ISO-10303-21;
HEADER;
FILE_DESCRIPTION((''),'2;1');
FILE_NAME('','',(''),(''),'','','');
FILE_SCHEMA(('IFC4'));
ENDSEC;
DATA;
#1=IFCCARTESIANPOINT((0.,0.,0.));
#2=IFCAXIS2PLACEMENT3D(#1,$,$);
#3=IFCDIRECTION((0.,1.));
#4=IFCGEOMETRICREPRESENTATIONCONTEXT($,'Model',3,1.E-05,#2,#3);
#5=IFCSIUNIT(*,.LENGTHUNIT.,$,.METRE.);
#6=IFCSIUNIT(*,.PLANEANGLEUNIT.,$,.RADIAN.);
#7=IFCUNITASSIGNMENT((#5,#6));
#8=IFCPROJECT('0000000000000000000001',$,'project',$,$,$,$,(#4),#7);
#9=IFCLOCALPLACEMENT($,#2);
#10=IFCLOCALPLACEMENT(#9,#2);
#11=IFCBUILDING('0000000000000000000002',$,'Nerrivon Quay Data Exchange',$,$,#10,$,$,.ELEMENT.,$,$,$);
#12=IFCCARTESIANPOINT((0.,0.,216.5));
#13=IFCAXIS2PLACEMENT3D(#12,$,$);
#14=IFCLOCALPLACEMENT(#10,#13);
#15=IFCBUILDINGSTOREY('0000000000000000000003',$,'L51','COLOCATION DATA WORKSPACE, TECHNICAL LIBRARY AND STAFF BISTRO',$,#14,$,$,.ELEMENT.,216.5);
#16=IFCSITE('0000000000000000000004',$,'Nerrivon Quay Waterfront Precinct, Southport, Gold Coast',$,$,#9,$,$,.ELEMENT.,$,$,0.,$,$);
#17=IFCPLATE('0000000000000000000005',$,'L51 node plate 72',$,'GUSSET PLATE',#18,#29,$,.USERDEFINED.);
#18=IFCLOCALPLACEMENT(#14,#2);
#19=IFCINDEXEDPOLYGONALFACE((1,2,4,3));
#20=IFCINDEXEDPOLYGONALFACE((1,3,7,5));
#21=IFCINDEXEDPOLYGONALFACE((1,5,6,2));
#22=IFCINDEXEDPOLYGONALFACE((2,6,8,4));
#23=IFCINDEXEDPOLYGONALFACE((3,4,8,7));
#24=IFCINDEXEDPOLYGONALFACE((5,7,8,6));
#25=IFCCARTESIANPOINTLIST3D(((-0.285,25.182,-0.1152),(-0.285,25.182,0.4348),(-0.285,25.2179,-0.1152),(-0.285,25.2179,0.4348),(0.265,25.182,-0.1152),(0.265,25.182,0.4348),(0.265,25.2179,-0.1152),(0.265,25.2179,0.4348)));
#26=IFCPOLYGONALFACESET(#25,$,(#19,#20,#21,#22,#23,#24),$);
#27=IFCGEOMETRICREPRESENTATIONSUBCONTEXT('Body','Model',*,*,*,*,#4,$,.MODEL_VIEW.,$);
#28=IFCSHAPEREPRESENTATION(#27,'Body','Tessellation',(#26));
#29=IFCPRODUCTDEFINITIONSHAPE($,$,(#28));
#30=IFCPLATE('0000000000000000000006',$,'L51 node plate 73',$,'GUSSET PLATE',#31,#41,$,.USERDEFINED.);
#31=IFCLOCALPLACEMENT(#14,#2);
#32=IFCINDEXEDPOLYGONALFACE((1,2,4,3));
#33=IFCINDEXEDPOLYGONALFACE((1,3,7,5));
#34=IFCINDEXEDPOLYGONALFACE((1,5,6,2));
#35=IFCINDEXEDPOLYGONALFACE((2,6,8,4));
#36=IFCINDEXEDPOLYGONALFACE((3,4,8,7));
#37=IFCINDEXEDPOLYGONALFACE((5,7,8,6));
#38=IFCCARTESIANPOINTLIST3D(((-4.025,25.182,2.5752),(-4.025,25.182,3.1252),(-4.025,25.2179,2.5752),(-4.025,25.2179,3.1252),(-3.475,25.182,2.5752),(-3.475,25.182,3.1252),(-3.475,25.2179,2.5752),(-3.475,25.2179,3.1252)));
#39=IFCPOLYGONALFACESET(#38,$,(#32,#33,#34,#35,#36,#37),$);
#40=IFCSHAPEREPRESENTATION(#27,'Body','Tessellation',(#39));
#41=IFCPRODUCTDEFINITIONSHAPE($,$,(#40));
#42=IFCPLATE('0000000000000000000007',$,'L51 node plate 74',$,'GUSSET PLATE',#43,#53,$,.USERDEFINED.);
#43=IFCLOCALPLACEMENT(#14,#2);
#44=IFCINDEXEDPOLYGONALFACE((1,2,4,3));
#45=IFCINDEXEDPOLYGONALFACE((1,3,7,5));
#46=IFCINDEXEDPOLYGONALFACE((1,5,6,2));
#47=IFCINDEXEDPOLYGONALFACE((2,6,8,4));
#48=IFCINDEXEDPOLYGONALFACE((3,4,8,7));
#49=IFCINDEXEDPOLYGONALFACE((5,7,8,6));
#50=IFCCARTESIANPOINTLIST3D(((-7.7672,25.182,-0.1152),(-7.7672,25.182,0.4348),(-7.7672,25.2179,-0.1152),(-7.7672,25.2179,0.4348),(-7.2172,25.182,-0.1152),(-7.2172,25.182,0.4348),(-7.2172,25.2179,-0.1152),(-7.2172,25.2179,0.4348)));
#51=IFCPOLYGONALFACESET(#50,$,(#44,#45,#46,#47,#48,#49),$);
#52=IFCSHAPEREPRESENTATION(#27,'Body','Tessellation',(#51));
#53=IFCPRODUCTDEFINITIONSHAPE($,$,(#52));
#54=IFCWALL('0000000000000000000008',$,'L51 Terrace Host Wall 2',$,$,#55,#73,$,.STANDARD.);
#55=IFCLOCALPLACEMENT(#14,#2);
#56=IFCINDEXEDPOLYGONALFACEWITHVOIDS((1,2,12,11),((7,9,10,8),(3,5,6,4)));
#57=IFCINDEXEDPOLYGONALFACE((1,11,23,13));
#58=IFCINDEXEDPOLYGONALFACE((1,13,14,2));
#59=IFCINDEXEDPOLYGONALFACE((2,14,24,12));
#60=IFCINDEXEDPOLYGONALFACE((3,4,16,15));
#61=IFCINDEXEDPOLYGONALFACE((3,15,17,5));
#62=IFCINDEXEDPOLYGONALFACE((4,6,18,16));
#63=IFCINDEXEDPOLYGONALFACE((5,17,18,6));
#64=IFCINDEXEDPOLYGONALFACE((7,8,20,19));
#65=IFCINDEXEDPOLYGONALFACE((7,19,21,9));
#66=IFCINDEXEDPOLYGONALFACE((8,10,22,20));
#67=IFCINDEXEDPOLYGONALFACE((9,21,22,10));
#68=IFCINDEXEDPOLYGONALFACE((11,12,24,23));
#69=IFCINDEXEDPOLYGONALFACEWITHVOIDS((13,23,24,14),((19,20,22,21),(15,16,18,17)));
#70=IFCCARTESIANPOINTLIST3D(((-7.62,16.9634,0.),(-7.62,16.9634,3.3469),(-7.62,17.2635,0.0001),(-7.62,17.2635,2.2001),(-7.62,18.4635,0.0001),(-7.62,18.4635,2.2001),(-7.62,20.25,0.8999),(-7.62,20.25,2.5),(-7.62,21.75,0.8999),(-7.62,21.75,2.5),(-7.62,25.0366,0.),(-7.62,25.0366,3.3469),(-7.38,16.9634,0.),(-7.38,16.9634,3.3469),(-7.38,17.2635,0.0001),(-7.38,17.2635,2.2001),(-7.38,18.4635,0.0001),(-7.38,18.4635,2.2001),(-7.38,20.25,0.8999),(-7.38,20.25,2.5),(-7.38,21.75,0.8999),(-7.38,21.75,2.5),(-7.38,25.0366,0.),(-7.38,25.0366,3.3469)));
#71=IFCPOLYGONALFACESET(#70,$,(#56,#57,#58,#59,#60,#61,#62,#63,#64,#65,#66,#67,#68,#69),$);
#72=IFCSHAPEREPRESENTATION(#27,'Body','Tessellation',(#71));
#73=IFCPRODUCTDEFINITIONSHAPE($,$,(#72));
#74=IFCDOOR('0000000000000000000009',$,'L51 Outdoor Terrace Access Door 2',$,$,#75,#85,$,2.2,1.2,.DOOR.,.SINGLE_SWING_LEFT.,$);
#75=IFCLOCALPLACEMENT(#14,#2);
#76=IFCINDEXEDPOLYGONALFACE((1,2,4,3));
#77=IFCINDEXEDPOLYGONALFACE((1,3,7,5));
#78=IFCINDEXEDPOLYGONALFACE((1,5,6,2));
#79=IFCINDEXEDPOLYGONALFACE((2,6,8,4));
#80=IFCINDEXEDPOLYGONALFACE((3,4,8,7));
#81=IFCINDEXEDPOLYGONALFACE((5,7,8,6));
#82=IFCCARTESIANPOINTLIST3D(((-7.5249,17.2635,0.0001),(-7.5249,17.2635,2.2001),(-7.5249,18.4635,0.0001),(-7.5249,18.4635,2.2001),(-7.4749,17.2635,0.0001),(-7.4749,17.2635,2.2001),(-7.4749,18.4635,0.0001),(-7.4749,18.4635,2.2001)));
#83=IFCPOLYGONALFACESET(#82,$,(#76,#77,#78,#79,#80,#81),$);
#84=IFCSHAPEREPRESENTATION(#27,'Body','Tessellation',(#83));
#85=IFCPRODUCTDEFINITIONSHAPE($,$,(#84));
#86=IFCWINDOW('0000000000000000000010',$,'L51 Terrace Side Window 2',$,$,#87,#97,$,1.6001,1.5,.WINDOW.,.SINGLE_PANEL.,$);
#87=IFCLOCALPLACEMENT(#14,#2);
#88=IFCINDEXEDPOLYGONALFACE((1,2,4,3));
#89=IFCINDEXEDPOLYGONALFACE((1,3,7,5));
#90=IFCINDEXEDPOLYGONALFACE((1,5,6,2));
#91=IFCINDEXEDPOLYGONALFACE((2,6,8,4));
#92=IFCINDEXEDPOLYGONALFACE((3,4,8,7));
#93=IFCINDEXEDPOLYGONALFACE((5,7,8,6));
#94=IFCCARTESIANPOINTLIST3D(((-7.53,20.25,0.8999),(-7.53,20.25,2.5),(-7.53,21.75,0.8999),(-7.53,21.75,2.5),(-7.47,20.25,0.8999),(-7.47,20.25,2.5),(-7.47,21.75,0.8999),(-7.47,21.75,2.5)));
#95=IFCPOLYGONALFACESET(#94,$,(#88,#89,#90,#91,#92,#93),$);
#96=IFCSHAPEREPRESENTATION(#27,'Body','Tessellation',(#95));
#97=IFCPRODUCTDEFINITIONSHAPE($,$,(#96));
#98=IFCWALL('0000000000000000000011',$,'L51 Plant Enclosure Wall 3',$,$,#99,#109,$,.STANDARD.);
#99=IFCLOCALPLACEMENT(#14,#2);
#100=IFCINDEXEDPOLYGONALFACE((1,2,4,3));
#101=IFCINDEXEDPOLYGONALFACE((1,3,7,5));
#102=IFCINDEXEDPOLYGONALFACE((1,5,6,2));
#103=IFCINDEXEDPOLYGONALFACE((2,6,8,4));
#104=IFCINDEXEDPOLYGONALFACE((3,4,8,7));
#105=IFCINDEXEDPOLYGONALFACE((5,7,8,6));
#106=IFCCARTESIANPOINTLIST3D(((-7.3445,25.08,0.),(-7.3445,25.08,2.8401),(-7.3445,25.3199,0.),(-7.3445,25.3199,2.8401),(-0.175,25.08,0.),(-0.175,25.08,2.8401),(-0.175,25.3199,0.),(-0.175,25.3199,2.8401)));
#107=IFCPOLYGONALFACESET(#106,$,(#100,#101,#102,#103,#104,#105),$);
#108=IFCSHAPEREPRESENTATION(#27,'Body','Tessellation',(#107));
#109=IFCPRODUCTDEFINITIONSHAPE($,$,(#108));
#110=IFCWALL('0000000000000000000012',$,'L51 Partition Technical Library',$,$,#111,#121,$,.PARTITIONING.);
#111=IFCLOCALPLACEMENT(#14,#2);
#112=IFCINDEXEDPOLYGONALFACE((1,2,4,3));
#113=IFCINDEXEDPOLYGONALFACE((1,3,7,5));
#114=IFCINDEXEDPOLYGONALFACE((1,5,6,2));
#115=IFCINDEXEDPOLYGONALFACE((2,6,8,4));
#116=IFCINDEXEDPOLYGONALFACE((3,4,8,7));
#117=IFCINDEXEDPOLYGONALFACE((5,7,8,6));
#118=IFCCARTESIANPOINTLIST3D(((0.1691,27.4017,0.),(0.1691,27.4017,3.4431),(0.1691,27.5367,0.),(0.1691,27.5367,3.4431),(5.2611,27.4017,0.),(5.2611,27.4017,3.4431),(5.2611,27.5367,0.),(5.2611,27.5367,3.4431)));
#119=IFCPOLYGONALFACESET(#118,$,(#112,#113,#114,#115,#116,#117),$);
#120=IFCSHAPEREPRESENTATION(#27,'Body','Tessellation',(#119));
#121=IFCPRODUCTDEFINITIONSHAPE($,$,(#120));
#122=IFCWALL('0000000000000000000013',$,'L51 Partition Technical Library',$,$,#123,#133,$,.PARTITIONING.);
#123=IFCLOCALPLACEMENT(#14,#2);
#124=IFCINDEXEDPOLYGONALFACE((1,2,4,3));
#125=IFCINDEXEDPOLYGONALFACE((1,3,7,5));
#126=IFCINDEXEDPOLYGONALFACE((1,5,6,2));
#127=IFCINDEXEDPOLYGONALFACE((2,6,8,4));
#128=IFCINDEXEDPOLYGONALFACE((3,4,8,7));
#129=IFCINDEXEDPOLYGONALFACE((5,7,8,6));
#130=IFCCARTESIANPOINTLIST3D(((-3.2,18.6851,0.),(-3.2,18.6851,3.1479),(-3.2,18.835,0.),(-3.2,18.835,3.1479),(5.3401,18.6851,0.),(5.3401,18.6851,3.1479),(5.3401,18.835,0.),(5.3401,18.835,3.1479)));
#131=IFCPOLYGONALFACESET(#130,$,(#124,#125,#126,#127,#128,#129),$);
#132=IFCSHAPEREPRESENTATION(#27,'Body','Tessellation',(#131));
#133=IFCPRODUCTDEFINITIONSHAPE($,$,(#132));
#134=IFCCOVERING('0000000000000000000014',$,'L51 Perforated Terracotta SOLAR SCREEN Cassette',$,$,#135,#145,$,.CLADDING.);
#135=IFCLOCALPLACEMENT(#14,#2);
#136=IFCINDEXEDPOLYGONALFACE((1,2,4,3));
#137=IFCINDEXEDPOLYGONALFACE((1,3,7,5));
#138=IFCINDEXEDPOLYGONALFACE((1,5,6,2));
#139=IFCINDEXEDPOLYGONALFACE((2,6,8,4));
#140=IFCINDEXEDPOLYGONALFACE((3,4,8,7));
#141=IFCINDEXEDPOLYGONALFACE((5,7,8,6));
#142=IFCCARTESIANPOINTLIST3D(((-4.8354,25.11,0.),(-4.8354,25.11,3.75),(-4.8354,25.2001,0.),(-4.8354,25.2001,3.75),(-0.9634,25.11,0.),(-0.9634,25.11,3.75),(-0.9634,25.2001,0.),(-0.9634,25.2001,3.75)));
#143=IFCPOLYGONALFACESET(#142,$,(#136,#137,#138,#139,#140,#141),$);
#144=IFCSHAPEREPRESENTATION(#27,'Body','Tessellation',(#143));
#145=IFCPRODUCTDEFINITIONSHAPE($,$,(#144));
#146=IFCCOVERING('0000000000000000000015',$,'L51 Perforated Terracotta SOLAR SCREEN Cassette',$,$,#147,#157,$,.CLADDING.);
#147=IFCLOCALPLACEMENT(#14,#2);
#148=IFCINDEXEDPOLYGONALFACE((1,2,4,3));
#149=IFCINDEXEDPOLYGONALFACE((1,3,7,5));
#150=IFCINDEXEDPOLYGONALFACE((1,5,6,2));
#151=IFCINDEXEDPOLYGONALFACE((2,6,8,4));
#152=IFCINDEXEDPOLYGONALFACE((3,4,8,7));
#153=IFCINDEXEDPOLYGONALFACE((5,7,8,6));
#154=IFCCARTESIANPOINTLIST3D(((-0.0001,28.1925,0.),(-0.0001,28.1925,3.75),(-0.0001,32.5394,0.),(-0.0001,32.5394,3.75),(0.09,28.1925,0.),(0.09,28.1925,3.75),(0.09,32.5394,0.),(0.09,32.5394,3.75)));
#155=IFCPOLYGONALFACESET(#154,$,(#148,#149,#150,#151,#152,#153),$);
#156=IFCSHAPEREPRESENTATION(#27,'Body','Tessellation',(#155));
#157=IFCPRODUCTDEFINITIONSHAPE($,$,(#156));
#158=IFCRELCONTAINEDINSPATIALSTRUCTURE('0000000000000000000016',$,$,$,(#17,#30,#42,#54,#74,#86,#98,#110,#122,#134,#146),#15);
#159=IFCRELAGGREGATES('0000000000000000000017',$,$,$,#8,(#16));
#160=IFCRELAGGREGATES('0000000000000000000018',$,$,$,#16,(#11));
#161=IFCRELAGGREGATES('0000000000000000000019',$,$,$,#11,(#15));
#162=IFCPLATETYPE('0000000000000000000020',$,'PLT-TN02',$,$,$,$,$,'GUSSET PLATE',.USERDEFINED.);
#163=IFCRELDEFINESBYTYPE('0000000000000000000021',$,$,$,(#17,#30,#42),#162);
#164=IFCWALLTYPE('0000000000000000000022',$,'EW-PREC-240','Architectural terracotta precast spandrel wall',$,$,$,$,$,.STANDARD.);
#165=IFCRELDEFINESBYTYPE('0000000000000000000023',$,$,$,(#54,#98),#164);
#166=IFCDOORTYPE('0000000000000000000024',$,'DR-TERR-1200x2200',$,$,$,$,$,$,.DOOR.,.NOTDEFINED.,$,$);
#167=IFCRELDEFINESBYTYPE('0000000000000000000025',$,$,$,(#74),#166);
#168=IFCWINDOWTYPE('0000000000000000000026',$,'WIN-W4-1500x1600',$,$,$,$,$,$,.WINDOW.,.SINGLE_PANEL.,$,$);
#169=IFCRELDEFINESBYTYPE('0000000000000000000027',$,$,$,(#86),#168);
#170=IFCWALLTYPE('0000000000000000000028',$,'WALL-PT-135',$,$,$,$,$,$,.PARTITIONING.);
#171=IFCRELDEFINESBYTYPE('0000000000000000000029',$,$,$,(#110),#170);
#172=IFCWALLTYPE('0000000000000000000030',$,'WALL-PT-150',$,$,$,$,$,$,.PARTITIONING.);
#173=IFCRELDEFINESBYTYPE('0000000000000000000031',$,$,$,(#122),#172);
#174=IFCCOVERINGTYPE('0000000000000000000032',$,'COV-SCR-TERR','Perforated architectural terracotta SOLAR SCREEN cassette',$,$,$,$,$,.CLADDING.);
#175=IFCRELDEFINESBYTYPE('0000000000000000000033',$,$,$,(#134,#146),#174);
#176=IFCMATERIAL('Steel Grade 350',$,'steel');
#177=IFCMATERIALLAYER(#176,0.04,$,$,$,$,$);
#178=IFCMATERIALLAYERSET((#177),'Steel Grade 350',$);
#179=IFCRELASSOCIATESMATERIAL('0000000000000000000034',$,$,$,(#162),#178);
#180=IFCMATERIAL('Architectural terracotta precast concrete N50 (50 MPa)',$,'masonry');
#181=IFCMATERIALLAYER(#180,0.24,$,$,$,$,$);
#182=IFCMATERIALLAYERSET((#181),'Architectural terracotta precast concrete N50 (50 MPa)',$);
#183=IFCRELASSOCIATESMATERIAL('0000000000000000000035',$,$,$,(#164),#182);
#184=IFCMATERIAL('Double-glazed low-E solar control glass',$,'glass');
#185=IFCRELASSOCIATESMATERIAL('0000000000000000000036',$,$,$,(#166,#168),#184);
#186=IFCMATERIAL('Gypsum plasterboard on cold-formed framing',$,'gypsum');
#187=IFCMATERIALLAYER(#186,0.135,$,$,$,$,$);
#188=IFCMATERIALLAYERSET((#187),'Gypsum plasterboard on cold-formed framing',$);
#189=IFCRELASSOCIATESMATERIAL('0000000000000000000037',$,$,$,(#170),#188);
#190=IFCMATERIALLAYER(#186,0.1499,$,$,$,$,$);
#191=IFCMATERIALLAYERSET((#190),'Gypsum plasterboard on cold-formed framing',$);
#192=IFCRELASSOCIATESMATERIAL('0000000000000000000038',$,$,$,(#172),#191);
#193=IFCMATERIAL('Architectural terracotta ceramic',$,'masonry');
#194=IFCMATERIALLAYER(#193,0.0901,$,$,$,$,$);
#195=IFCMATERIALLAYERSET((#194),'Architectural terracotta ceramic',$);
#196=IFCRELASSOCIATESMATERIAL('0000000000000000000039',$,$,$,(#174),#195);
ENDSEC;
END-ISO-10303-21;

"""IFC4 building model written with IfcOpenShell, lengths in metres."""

from ifc_helpers import new_model, si_unit, direction, frame, frame_2d, origin, origin_2d, place, context, subcontext, project, spatial, rectangle, extrude, material, layer, layer_set, type_object, element, fill, save


model = new_model("IFC4")

# Units and contexts
model_context = context("Model", 3, precision=1e-05, world=origin(), true_north=direction((0.0, 1.0)))
body_context = subcontext(model_context, "Body", "Model", "MODEL_VIEW")
ifc_project = project(units=[si_unit("LENGTHUNIT", "METRE"), si_unit("PLANEANGLEUNIT", "RADIAN")], contexts=[model_context])

# Site, building, storey
site_placement = place(None, origin())
site = spatial("IfcSite", under=ifc_project, at=site_placement, Name="Nerrivon Quay Waterfront Precinct, Southport, Gold Coast", CompositionType="ELEMENT", RefElevation=0.0)
building_placement = place(site_placement, origin())
building = spatial("IfcBuilding", under=site, at=building_placement, Name="Nerrivon Quay Data Exchange", CompositionType="ELEMENT")
storey_placement = place(building_placement, frame((0.0, 0.0, 216.5)))
storey = spatial("IfcBuildingStorey", under=building, at=storey_placement, Name="L51", Description="COLOCATION DATA WORKSPACE, TECHNICAL LIBRARY AND STAFF BISTRO", CompositionType="ELEMENT", Elevation=216.5)

# Shared definitions
ifc_material_1 = material(Name="Steel Grade 350", Category="steel")

# Shared definitions
ifc_material_2 = material(Name="Double-glazed low-E solar control glass", Category="glass")

# Plates
ifc_layer_1 = layer(ifc_material_1, 0.04)
ifc_layer_set_1 = layer_set([ifc_layer_1], Name="Steel Grade 350")
plate_type_1 = type_object("IfcPlateType", Name="PLT-TN02", ElementType="GUSSET PLATE", PredefinedType="USERDEFINED", material=ifc_layer_set_1)
for number, where, z_axis, x_axis, name in (
    (1, (-0.01, 25.2, -0.1152), (0.0, 0.0, 1.0), (1.0, 0.0, 0.0), "L51 node plate 72"),
    (2, (-3.75, 25.2, 2.5752), (0.0, 0.0, 1.0), (1.0, 0.0, 0.0), "L51 node plate 73"),
    (3, (-7.4922, 25.2, -0.1152), (0.0, 0.0, 1.0), (1.0, 0.0, 0.0), "L51 node plate 74"),
):
    element("IfcPlate", number, at=place(storey_placement, frame(where, z_axis=z_axis, x_axis=x_axis)), inside=storey, type_object=plate_type_1, Name=name, ObjectType="GUSSET PLATE", PredefinedType="USERDEFINED", context=body_context, shape_type="SweptSolid", body=[
        extrude(rectangle(XDim=0.55, YDim=0.0359, at=origin_2d()), origin(), (0.0, 0.0, 1.0), 0.55),
    ])

# Wall, openings, door, window
ifc_material_3 = material(Name="Architectural terracotta precast concrete N50 (50 MPa)", Category="masonry")
ifc_layer_2 = layer(ifc_material_3, 0.24)
ifc_layer_set_2 = layer_set([ifc_layer_2], Name="Architectural terracotta precast concrete N50 (50 MPa)")
wall_type_1 = type_object("IfcWallType", Name="EW-PREC-240", Description="Architectural terracotta precast spandrel wall", PredefinedType="STANDARD", material=ifc_layer_set_2)
wall_1_placement = place(storey_placement, frame((-7.5, 16.9634, 0.0), z_axis=(0.0, 0.0, 1.0), x_axis=(0.0, 1.0, 0.0)))
wall_1 = element("IfcWall", 4, at=wall_1_placement, inside=storey, type_object=wall_type_1, Name="L51 Terrace Host Wall 2", PredefinedType="STANDARD", context=body_context, shape_type="SweptSolid", body=[
    extrude(rectangle(XDim=8.0732, YDim=0.24, at=frame_2d((4.0366, 0.0))), origin(), (0.0, 0.0, 1.0), 3.3469),
])
opening_1_placement = place(wall_1_placement, frame((0.3, 0.0, 0.0)))
opening_1 = element("IfcOpeningElement", 5, at=opening_1_placement, cuts=wall_1, PredefinedType="OPENING", context=body_context, shape_type="SweptSolid", body=[
    extrude(rectangle(XDim=1.2, YDim=2.2, at=frame_2d((0.6001, 1.1001))), frame((0.0, 0.1299, 0.0), z_axis=(0.0, -1.0, 0.0), x_axis=(1.0, 0.0, 0.0)), (0.0, 0.0, 1.0), 0.26),
])
opening_2_placement = place(wall_1_placement, frame((3.2866, 0.0, 0.8999)))
opening_2 = element("IfcOpeningElement", 6, at=opening_2_placement, cuts=wall_1, PredefinedType="OPENING", context=body_context, shape_type="SweptSolid", body=[
    extrude(rectangle(XDim=1.5, YDim=1.6001, at=frame_2d((0.75, 0.8))), frame((0.0, 0.1299, 0.0), z_axis=(0.0, -1.0, 0.0), x_axis=(1.0, 0.0, 0.0)), (0.0, 0.0, 1.0), 0.26),
])
door_type = type_object("IfcDoorType", Name="DR-TERR-1200x2200", OperationType="NOTDEFINED", PredefinedType="DOOR", material=ifc_material_2)
door_placement = place(opening_1_placement, origin())
door = element("IfcDoor", 7, at=door_placement, inside=storey, type_object=door_type, Name="L51 Outdoor Terrace Access Door 2", OperationType="SINGLE_SWING_LEFT", OverallHeight=2.2, OverallWidth=1.2, PredefinedType="DOOR", context=body_context, shape_type="SweptSolid", body=[
    extrude(rectangle(XDim=1.2, YDim=2.2, at=frame_2d((0.6001, 1.1001))), frame((0.0, 0.0249, 0.0), z_axis=(0.0, -1.0, 0.0), x_axis=(1.0, 0.0, 0.0)), (0.0, 0.0, 1.0), 0.05),
])
fill(opening_1, door)
window_type = type_object("IfcWindowType", Name="WIN-W4-1500x1600", PartitioningType="SINGLE_PANEL", PredefinedType="WINDOW", material=ifc_material_2)
window_placement = place(opening_2_placement, origin())
window = element("IfcWindow", 8, at=window_placement, inside=storey, type_object=window_type, Name="L51 Terrace Side Window 2", OverallHeight=1.6001, OverallWidth=1.5, PartitioningType="SINGLE_PANEL", PredefinedType="WINDOW", context=body_context, shape_type="SweptSolid", body=[
    extrude(rectangle(XDim=1.5, YDim=1.6001, at=frame_2d((0.75, 0.8))), frame((0.0, 0.03, 0.0), z_axis=(0.0, -1.0, 0.0), x_axis=(1.0, 0.0, 0.0)), (0.0, 0.0, 1.0), 0.0601),
])
fill(opening_2, window)

# Walls
wall_2_placement = place(storey_placement, frame((-7.3445, 25.2, 0.0), z_axis=(0.0, 0.0, 1.0), x_axis=(1.0, 0.0, 0.0)))
element("IfcWall", 9, at=wall_2_placement, inside=storey, type_object=wall_type_1, Name="L51 Plant Enclosure Wall 3", PredefinedType="STANDARD", context=body_context, shape_type="SweptSolid", body=[
    extrude(rectangle(XDim=7.1694, YDim=0.24, at=frame_2d((3.5847, 0.0))), origin(), (0.0, 0.0, 1.0), 2.8401),
])
ifc_material_4 = material(Name="Gypsum plasterboard on cold-formed framing", Category="gypsum")
ifc_layer_3 = layer(ifc_material_4, 0.135)
ifc_layer_set_3 = layer_set([ifc_layer_3], Name="Gypsum plasterboard on cold-formed framing")
wall_type_2 = type_object("IfcWallType", Name="WALL-PT-135", PredefinedType="PARTITIONING", material=ifc_layer_set_3)
wall_3_placement = place(storey_placement, frame((5.261, 27.4692, 0.0), z_axis=(0.0, 0.0, 1.0), x_axis=(-1.0, 0.0, 0.0)))
element("IfcWall", 10, at=wall_3_placement, inside=storey, type_object=wall_type_2, Name="L51 Partition Technical Library", PredefinedType="PARTITIONING", context=body_context, shape_type="SweptSolid", body=[
    extrude(rectangle(XDim=5.092, YDim=0.135, at=frame_2d((2.5459, 0.0))), origin(), (0.0, 0.0, 1.0), 3.4431),
])
ifc_layer_4 = layer(ifc_material_4, 0.1499)
ifc_layer_set_4 = layer_set([ifc_layer_4], Name="Gypsum plasterboard on cold-formed framing")
wall_type_3 = type_object("IfcWallType", Name="WALL-PT-150", PredefinedType="PARTITIONING", material=ifc_layer_set_4)
wall_4_placement = place(storey_placement, frame((-3.2, 18.76, 0.0), z_axis=(0.0, 0.0, 1.0), x_axis=(1.0, 0.0, 0.0)))
element("IfcWall", 11, at=wall_4_placement, inside=storey, type_object=wall_type_3, Name="L51 Partition Technical Library", PredefinedType="PARTITIONING", context=body_context, shape_type="SweptSolid", body=[
    extrude(rectangle(XDim=8.54, YDim=0.1499, at=frame_2d((4.27, 0.0))), origin(), (0.0, 0.0, 1.0), 3.1479),
])

# Coverings
ifc_material_5 = material(Name="Architectural terracotta ceramic", Category="masonry")
ifc_layer_5 = layer(ifc_material_5, 0.0901)
ifc_layer_set_5 = layer_set([ifc_layer_5], Name="Architectural terracotta ceramic")
covering_type = type_object("IfcCoveringType", Name="COV-SCR-TERR", Description="Perforated architectural terracotta SOLAR SCREEN cassette", PredefinedType="CLADDING", material=ifc_layer_set_5)
covering_1_placement = place(storey_placement, frame((-2.8994, 25.155, 0.0), z_axis=(0.0, 0.0, 1.0), x_axis=(1.0, 0.0, 0.0)))
element("IfcCovering", 12, at=covering_1_placement, inside=storey, type_object=covering_type, Name="L51 Perforated Terracotta SOLAR SCREEN Cassette", PredefinedType="CLADDING", context=body_context, shape_type="SweptSolid", body=[
    extrude(rectangle(XDim=3.8721, YDim=0.0901, at=origin_2d()), origin(), (0.0, 0.0, 1.0), 3.75),
])
covering_2_placement = place(storey_placement, frame((0.0449, 30.366, 0.0), z_axis=(0.0, 0.0, 1.0), x_axis=(0.0, 1.0, 0.0)))
element("IfcCovering", 13, at=covering_2_placement, inside=storey, type_object=covering_type, Name="L51 Perforated Terracotta SOLAR SCREEN Cassette", PredefinedType="CLADDING", context=body_context, shape_type="SweptSolid", body=[
    extrude(rectangle(XDim=4.3469, YDim=0.0901, at=origin_2d()), origin(), (0.0, 0.0, 1.0), 3.75),
])

save(model, "model.ifc")
